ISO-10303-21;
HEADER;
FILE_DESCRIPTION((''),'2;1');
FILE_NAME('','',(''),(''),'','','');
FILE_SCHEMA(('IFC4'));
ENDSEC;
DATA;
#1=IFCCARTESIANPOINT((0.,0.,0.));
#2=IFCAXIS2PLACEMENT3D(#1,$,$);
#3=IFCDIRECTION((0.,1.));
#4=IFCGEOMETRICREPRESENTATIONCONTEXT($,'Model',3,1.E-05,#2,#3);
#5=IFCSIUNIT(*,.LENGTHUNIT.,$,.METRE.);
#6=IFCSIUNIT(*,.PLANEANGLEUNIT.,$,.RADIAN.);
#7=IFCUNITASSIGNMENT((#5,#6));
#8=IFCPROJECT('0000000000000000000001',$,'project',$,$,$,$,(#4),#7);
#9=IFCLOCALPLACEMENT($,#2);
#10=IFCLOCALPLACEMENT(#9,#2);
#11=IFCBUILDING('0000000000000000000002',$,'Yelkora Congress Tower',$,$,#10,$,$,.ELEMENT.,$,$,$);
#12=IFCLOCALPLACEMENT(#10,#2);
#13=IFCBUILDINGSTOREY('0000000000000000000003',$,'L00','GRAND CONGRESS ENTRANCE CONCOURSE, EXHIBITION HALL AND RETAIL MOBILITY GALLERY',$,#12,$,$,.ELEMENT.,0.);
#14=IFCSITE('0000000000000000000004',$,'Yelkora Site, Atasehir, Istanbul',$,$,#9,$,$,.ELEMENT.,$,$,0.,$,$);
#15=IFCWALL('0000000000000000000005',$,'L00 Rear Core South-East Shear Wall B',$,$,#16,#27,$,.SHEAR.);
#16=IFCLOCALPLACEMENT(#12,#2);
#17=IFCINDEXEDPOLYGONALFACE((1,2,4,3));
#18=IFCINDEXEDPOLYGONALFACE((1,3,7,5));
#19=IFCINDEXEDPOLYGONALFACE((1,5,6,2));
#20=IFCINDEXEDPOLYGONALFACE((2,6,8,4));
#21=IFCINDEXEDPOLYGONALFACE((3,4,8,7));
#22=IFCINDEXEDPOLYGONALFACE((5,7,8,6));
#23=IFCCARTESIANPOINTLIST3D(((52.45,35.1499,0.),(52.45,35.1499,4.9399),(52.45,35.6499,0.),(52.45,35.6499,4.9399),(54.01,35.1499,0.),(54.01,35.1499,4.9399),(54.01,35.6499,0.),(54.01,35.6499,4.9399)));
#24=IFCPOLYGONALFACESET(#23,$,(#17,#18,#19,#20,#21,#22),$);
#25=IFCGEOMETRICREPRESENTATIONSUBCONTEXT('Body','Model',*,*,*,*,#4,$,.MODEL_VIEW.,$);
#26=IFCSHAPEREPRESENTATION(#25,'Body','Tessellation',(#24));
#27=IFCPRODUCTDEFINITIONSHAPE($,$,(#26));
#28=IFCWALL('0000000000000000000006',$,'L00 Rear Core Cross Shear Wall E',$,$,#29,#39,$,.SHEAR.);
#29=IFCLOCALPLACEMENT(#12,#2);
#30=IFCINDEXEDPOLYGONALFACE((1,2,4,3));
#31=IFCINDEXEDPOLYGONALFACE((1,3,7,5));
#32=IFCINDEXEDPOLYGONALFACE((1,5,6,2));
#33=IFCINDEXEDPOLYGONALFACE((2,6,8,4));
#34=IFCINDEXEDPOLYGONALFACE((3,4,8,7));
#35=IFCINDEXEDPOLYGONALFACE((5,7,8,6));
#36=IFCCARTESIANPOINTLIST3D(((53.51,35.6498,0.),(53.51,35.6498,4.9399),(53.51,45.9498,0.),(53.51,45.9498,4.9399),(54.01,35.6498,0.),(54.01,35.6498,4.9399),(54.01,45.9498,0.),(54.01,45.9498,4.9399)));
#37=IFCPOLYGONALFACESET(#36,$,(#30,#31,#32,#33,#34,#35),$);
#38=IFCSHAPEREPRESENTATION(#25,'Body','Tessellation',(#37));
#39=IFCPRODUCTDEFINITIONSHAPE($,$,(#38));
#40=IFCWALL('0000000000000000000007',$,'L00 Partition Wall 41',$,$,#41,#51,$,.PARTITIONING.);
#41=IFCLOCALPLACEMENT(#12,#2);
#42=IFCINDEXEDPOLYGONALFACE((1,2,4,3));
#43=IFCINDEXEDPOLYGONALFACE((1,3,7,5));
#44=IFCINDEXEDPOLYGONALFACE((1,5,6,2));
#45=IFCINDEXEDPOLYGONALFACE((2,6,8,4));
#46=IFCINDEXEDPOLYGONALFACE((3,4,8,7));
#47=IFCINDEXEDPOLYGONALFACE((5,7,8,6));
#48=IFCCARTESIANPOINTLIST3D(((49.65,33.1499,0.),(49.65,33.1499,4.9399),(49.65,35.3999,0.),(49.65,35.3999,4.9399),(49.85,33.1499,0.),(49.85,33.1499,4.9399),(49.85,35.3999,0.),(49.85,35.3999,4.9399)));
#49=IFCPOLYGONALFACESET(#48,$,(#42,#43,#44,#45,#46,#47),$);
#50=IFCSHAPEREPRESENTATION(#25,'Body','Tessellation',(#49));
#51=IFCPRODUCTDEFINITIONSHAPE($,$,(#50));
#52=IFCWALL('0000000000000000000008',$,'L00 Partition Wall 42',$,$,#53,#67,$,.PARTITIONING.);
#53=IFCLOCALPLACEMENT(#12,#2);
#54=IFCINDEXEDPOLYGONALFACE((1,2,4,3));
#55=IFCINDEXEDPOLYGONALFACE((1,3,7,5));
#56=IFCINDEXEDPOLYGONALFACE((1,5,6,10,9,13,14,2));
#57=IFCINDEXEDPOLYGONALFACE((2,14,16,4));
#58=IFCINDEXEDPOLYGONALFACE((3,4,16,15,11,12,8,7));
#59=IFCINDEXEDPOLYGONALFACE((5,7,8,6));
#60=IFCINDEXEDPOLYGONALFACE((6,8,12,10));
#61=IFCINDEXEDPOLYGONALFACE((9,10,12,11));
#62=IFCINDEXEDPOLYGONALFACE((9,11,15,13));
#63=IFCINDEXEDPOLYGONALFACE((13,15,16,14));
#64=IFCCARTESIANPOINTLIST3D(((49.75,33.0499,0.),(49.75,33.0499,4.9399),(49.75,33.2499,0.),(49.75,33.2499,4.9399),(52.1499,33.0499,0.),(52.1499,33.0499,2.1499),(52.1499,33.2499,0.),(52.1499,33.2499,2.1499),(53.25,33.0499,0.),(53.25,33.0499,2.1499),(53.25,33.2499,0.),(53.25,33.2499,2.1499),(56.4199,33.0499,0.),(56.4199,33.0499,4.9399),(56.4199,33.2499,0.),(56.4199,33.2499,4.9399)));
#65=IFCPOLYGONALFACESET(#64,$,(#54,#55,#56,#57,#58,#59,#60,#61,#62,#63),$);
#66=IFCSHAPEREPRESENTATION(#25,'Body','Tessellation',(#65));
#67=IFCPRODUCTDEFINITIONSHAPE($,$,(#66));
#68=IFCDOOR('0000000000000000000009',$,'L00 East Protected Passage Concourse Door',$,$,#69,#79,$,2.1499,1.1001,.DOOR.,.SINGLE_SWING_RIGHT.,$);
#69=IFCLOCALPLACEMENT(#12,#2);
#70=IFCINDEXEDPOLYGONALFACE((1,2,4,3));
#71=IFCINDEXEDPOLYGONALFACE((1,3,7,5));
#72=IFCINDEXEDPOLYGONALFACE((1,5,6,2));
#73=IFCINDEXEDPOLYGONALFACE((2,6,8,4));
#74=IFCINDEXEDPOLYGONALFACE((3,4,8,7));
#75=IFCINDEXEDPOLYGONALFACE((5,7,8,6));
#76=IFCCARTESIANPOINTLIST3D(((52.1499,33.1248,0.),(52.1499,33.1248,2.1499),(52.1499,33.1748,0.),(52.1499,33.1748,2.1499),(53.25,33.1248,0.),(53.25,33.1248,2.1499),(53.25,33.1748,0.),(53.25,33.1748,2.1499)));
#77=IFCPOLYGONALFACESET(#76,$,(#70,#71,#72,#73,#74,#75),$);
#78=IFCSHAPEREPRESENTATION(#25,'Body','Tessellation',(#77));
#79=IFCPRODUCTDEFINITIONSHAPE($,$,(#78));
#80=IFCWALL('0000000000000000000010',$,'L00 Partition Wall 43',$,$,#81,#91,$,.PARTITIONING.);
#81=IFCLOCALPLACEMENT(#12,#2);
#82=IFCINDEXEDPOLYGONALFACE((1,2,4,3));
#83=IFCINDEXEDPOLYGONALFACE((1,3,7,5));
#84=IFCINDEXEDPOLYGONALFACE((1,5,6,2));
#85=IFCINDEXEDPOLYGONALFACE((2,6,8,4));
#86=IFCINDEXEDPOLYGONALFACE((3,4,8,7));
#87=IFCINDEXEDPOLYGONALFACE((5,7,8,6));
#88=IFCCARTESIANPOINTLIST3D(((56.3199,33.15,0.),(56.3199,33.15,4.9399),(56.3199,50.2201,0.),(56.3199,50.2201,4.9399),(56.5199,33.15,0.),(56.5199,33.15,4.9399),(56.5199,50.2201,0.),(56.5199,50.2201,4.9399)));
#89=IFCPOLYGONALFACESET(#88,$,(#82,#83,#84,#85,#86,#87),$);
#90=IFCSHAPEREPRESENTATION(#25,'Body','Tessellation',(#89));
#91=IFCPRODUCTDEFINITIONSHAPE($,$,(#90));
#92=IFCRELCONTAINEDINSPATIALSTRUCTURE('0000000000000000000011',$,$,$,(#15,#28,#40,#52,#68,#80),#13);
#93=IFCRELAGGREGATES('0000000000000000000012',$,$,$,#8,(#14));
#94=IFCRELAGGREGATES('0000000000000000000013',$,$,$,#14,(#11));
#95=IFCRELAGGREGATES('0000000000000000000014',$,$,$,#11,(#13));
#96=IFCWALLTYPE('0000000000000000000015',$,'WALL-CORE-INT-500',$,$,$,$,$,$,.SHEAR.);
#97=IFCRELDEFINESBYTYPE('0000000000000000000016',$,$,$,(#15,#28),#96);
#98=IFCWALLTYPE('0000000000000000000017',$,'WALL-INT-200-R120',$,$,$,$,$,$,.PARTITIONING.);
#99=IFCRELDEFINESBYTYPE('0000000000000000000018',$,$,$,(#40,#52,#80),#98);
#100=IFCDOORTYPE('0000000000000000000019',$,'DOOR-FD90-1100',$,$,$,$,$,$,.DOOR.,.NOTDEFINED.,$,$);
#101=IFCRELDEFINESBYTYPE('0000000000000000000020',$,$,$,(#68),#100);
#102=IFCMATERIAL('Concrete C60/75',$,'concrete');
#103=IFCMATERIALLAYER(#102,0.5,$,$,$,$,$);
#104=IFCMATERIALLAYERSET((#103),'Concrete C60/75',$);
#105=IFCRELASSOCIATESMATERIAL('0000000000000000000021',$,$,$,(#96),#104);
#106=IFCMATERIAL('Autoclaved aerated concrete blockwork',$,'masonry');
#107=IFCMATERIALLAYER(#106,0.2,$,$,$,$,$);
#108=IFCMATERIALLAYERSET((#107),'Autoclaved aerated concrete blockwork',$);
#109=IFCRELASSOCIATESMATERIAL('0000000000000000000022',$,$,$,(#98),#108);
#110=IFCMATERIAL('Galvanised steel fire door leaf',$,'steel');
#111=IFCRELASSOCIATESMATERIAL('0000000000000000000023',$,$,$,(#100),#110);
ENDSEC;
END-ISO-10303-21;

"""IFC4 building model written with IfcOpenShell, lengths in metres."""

from ifc_helpers import new_model, si_unit, direction, frame, frame_2d, origin, place, context, subcontext, project, spatial, rectangle, extrude, material, layer, layer_set, type_object, element, fill, save


model = new_model("IFC4")

# Units and contexts
model_context = context("Model", 3, precision=1e-05, world=origin(), true_north=direction((0.0, 1.0)))
body_context = subcontext(model_context, "Body", "Model", "MODEL_VIEW")
ifc_project = project(units=[si_unit("LENGTHUNIT", "METRE"), si_unit("PLANEANGLEUNIT", "RADIAN")], contexts=[model_context])

# Site, building, storey
site_placement = place(None, origin())
site = spatial("IfcSite", under=ifc_project, at=site_placement, Name="Yelkora Site, Atasehir, Istanbul", CompositionType="ELEMENT", RefElevation=0.0)
building_placement = place(site_placement, origin())
building = spatial("IfcBuilding", under=site, at=building_placement, Name="Yelkora Congress Tower", CompositionType="ELEMENT")
storey_placement = place(building_placement, origin())
storey = spatial("IfcBuildingStorey", under=building, at=storey_placement, Name="L00", Description="GRAND CONGRESS ENTRANCE CONCOURSE, EXHIBITION HALL AND RETAIL MOBILITY GALLERY", CompositionType="ELEMENT", Elevation=0.0)

# Shared definitions
ifc_material_1 = material(Name="Concrete C60/75", Category="concrete")

# Walls
ifc_layer_1 = layer(ifc_material_1, 0.5)
ifc_layer_set_1 = layer_set([ifc_layer_1], Name="Concrete C60/75")
wall_type_1 = type_object("IfcWallType", Name="WALL-CORE-INT-500", PredefinedType="SHEAR", material=ifc_layer_set_1)
wall_1_placement = place(storey_placement, frame((52.45, 35.3999, 0.0), z_axis=(0.0, 0.0, 1.0), x_axis=(1.0, 0.0, 0.0)))
element("IfcWall", 1, at=wall_1_placement, inside=storey, type_object=wall_type_1, Name="L00 Rear Core South-East Shear Wall B", PredefinedType="SHEAR", context=body_context, shape_type="SweptSolid", body=[
    extrude(rectangle(XDim=1.5601, YDim=0.5, at=frame_2d((0.78, 0.0))), origin(), (0.0, 0.0, 1.0), 4.9399),
])
wall_2_placement = place(storey_placement, frame((53.76, 35.6499, 0.0), z_axis=(0.0, 0.0, 1.0), x_axis=(0.0, 1.0, 0.0)))
element("IfcWall", 2, at=wall_2_placement, inside=storey, type_object=wall_type_1, Name="L00 Rear Core Cross Shear Wall E", PredefinedType="SHEAR", context=body_context, shape_type="SweptSolid", body=[
    extrude(rectangle(XDim=10.3, YDim=0.5, at=frame_2d((5.1499, 0.0))), origin(), (0.0, 0.0, 1.0), 4.9399),
])

# Shared definitions
ifc_material_2 = material(Name="Autoclaved aerated concrete blockwork", Category="masonry")
ifc_layer_2 = layer(ifc_material_2, 0.2)
ifc_layer_set_2 = layer_set([ifc_layer_2], Name="Autoclaved aerated concrete blockwork")
wall_type_2 = type_object("IfcWallType", Name="WALL-INT-200-R120", PredefinedType="PARTITIONING", material=ifc_layer_set_2)
ifc_material_3 = material(Name="Galvanised steel fire door leaf", Category="steel")
door_type = type_object("IfcDoorType", Name="DOOR-FD90-1100", OperationType="NOTDEFINED", PredefinedType="DOOR", material=ifc_material_3)

# Wall
wall_3_placement = place(storey_placement, frame((49.75, 33.1499, 0.0), z_axis=(0.0, 0.0, 1.0), x_axis=(0.0, 1.0, 0.0)))
element("IfcWall", 3, at=wall_3_placement, inside=storey, type_object=wall_type_2, Name="L00 Partition Wall 41", PredefinedType="PARTITIONING", context=body_context, shape_type="SweptSolid", body=[
    extrude(rectangle(XDim=2.25, YDim=0.2, at=frame_2d((1.125, 0.0))), origin(), (0.0, 0.0, 1.0), 4.9399),
])

# Wall, opening, door
wall_4_placement = place(storey_placement, frame((49.75, 33.1499, 0.0), z_axis=(0.0, 0.0, 1.0), x_axis=(1.0, 0.0, 0.0)))
wall_4 = element("IfcWall", 4, at=wall_4_placement, inside=storey, type_object=wall_type_2, Name="L00 Partition Wall 42", PredefinedType="PARTITIONING", context=body_context, shape_type="SweptSolid", body=[
    extrude(rectangle(XDim=6.6699, YDim=0.2, at=frame_2d((3.335, 0.0))), origin(), (0.0, 0.0, 1.0), 4.9399),
])
opening_1_placement = place(wall_4_placement, frame((2.3999, 0.0, 0.0)))
opening_1 = element("IfcOpeningElement", 5, at=opening_1_placement, cuts=wall_4, PredefinedType="OPENING", context=body_context, shape_type="SweptSolid", body=[
    extrude(rectangle(XDim=1.1001, YDim=2.1499, at=frame_2d((0.55, 1.075))), frame((0.0, 0.1099, 0.0), z_axis=(0.0, -1.0, 0.0), x_axis=(1.0, 0.0, 0.0)), (0.0, 0.0, 1.0), 0.22),
])
door_1_placement = place(opening_1_placement, origin())
door_1 = element("IfcDoor", 6, at=door_1_placement, inside=storey, type_object=door_type, Name="L00 East Protected Passage Concourse Door", OperationType="SINGLE_SWING_RIGHT", OverallHeight=2.1499, OverallWidth=1.1001, PredefinedType="DOOR", context=body_context, shape_type="SweptSolid", body=[
    extrude(rectangle(XDim=1.1001, YDim=2.1499, at=frame_2d((0.55, 1.075))), frame((0.0, 0.0249, 0.0), z_axis=(0.0, -1.0, 0.0), x_axis=(1.0, 0.0, 0.0)), (0.0, 0.0, 1.0), 0.05),
])
fill(opening_1, door_1)

# Wall
wall_5_placement = place(storey_placement, frame((56.4199, 33.1499, 0.0), z_axis=(0.0, 0.0, 1.0), x_axis=(0.0, 1.0, 0.0)))
element("IfcWall", 7, at=wall_5_placement, inside=storey, type_object=wall_type_2, Name="L00 Partition Wall 43", PredefinedType="PARTITIONING", context=body_context, shape_type="SweptSolid", body=[
    extrude(rectangle(XDim=17.0701, YDim=0.2, at=frame_2d((8.5352, 0.0))), origin(), (0.0, 0.0, 1.0), 4.9399),
])

save(model, "model.ifc")
